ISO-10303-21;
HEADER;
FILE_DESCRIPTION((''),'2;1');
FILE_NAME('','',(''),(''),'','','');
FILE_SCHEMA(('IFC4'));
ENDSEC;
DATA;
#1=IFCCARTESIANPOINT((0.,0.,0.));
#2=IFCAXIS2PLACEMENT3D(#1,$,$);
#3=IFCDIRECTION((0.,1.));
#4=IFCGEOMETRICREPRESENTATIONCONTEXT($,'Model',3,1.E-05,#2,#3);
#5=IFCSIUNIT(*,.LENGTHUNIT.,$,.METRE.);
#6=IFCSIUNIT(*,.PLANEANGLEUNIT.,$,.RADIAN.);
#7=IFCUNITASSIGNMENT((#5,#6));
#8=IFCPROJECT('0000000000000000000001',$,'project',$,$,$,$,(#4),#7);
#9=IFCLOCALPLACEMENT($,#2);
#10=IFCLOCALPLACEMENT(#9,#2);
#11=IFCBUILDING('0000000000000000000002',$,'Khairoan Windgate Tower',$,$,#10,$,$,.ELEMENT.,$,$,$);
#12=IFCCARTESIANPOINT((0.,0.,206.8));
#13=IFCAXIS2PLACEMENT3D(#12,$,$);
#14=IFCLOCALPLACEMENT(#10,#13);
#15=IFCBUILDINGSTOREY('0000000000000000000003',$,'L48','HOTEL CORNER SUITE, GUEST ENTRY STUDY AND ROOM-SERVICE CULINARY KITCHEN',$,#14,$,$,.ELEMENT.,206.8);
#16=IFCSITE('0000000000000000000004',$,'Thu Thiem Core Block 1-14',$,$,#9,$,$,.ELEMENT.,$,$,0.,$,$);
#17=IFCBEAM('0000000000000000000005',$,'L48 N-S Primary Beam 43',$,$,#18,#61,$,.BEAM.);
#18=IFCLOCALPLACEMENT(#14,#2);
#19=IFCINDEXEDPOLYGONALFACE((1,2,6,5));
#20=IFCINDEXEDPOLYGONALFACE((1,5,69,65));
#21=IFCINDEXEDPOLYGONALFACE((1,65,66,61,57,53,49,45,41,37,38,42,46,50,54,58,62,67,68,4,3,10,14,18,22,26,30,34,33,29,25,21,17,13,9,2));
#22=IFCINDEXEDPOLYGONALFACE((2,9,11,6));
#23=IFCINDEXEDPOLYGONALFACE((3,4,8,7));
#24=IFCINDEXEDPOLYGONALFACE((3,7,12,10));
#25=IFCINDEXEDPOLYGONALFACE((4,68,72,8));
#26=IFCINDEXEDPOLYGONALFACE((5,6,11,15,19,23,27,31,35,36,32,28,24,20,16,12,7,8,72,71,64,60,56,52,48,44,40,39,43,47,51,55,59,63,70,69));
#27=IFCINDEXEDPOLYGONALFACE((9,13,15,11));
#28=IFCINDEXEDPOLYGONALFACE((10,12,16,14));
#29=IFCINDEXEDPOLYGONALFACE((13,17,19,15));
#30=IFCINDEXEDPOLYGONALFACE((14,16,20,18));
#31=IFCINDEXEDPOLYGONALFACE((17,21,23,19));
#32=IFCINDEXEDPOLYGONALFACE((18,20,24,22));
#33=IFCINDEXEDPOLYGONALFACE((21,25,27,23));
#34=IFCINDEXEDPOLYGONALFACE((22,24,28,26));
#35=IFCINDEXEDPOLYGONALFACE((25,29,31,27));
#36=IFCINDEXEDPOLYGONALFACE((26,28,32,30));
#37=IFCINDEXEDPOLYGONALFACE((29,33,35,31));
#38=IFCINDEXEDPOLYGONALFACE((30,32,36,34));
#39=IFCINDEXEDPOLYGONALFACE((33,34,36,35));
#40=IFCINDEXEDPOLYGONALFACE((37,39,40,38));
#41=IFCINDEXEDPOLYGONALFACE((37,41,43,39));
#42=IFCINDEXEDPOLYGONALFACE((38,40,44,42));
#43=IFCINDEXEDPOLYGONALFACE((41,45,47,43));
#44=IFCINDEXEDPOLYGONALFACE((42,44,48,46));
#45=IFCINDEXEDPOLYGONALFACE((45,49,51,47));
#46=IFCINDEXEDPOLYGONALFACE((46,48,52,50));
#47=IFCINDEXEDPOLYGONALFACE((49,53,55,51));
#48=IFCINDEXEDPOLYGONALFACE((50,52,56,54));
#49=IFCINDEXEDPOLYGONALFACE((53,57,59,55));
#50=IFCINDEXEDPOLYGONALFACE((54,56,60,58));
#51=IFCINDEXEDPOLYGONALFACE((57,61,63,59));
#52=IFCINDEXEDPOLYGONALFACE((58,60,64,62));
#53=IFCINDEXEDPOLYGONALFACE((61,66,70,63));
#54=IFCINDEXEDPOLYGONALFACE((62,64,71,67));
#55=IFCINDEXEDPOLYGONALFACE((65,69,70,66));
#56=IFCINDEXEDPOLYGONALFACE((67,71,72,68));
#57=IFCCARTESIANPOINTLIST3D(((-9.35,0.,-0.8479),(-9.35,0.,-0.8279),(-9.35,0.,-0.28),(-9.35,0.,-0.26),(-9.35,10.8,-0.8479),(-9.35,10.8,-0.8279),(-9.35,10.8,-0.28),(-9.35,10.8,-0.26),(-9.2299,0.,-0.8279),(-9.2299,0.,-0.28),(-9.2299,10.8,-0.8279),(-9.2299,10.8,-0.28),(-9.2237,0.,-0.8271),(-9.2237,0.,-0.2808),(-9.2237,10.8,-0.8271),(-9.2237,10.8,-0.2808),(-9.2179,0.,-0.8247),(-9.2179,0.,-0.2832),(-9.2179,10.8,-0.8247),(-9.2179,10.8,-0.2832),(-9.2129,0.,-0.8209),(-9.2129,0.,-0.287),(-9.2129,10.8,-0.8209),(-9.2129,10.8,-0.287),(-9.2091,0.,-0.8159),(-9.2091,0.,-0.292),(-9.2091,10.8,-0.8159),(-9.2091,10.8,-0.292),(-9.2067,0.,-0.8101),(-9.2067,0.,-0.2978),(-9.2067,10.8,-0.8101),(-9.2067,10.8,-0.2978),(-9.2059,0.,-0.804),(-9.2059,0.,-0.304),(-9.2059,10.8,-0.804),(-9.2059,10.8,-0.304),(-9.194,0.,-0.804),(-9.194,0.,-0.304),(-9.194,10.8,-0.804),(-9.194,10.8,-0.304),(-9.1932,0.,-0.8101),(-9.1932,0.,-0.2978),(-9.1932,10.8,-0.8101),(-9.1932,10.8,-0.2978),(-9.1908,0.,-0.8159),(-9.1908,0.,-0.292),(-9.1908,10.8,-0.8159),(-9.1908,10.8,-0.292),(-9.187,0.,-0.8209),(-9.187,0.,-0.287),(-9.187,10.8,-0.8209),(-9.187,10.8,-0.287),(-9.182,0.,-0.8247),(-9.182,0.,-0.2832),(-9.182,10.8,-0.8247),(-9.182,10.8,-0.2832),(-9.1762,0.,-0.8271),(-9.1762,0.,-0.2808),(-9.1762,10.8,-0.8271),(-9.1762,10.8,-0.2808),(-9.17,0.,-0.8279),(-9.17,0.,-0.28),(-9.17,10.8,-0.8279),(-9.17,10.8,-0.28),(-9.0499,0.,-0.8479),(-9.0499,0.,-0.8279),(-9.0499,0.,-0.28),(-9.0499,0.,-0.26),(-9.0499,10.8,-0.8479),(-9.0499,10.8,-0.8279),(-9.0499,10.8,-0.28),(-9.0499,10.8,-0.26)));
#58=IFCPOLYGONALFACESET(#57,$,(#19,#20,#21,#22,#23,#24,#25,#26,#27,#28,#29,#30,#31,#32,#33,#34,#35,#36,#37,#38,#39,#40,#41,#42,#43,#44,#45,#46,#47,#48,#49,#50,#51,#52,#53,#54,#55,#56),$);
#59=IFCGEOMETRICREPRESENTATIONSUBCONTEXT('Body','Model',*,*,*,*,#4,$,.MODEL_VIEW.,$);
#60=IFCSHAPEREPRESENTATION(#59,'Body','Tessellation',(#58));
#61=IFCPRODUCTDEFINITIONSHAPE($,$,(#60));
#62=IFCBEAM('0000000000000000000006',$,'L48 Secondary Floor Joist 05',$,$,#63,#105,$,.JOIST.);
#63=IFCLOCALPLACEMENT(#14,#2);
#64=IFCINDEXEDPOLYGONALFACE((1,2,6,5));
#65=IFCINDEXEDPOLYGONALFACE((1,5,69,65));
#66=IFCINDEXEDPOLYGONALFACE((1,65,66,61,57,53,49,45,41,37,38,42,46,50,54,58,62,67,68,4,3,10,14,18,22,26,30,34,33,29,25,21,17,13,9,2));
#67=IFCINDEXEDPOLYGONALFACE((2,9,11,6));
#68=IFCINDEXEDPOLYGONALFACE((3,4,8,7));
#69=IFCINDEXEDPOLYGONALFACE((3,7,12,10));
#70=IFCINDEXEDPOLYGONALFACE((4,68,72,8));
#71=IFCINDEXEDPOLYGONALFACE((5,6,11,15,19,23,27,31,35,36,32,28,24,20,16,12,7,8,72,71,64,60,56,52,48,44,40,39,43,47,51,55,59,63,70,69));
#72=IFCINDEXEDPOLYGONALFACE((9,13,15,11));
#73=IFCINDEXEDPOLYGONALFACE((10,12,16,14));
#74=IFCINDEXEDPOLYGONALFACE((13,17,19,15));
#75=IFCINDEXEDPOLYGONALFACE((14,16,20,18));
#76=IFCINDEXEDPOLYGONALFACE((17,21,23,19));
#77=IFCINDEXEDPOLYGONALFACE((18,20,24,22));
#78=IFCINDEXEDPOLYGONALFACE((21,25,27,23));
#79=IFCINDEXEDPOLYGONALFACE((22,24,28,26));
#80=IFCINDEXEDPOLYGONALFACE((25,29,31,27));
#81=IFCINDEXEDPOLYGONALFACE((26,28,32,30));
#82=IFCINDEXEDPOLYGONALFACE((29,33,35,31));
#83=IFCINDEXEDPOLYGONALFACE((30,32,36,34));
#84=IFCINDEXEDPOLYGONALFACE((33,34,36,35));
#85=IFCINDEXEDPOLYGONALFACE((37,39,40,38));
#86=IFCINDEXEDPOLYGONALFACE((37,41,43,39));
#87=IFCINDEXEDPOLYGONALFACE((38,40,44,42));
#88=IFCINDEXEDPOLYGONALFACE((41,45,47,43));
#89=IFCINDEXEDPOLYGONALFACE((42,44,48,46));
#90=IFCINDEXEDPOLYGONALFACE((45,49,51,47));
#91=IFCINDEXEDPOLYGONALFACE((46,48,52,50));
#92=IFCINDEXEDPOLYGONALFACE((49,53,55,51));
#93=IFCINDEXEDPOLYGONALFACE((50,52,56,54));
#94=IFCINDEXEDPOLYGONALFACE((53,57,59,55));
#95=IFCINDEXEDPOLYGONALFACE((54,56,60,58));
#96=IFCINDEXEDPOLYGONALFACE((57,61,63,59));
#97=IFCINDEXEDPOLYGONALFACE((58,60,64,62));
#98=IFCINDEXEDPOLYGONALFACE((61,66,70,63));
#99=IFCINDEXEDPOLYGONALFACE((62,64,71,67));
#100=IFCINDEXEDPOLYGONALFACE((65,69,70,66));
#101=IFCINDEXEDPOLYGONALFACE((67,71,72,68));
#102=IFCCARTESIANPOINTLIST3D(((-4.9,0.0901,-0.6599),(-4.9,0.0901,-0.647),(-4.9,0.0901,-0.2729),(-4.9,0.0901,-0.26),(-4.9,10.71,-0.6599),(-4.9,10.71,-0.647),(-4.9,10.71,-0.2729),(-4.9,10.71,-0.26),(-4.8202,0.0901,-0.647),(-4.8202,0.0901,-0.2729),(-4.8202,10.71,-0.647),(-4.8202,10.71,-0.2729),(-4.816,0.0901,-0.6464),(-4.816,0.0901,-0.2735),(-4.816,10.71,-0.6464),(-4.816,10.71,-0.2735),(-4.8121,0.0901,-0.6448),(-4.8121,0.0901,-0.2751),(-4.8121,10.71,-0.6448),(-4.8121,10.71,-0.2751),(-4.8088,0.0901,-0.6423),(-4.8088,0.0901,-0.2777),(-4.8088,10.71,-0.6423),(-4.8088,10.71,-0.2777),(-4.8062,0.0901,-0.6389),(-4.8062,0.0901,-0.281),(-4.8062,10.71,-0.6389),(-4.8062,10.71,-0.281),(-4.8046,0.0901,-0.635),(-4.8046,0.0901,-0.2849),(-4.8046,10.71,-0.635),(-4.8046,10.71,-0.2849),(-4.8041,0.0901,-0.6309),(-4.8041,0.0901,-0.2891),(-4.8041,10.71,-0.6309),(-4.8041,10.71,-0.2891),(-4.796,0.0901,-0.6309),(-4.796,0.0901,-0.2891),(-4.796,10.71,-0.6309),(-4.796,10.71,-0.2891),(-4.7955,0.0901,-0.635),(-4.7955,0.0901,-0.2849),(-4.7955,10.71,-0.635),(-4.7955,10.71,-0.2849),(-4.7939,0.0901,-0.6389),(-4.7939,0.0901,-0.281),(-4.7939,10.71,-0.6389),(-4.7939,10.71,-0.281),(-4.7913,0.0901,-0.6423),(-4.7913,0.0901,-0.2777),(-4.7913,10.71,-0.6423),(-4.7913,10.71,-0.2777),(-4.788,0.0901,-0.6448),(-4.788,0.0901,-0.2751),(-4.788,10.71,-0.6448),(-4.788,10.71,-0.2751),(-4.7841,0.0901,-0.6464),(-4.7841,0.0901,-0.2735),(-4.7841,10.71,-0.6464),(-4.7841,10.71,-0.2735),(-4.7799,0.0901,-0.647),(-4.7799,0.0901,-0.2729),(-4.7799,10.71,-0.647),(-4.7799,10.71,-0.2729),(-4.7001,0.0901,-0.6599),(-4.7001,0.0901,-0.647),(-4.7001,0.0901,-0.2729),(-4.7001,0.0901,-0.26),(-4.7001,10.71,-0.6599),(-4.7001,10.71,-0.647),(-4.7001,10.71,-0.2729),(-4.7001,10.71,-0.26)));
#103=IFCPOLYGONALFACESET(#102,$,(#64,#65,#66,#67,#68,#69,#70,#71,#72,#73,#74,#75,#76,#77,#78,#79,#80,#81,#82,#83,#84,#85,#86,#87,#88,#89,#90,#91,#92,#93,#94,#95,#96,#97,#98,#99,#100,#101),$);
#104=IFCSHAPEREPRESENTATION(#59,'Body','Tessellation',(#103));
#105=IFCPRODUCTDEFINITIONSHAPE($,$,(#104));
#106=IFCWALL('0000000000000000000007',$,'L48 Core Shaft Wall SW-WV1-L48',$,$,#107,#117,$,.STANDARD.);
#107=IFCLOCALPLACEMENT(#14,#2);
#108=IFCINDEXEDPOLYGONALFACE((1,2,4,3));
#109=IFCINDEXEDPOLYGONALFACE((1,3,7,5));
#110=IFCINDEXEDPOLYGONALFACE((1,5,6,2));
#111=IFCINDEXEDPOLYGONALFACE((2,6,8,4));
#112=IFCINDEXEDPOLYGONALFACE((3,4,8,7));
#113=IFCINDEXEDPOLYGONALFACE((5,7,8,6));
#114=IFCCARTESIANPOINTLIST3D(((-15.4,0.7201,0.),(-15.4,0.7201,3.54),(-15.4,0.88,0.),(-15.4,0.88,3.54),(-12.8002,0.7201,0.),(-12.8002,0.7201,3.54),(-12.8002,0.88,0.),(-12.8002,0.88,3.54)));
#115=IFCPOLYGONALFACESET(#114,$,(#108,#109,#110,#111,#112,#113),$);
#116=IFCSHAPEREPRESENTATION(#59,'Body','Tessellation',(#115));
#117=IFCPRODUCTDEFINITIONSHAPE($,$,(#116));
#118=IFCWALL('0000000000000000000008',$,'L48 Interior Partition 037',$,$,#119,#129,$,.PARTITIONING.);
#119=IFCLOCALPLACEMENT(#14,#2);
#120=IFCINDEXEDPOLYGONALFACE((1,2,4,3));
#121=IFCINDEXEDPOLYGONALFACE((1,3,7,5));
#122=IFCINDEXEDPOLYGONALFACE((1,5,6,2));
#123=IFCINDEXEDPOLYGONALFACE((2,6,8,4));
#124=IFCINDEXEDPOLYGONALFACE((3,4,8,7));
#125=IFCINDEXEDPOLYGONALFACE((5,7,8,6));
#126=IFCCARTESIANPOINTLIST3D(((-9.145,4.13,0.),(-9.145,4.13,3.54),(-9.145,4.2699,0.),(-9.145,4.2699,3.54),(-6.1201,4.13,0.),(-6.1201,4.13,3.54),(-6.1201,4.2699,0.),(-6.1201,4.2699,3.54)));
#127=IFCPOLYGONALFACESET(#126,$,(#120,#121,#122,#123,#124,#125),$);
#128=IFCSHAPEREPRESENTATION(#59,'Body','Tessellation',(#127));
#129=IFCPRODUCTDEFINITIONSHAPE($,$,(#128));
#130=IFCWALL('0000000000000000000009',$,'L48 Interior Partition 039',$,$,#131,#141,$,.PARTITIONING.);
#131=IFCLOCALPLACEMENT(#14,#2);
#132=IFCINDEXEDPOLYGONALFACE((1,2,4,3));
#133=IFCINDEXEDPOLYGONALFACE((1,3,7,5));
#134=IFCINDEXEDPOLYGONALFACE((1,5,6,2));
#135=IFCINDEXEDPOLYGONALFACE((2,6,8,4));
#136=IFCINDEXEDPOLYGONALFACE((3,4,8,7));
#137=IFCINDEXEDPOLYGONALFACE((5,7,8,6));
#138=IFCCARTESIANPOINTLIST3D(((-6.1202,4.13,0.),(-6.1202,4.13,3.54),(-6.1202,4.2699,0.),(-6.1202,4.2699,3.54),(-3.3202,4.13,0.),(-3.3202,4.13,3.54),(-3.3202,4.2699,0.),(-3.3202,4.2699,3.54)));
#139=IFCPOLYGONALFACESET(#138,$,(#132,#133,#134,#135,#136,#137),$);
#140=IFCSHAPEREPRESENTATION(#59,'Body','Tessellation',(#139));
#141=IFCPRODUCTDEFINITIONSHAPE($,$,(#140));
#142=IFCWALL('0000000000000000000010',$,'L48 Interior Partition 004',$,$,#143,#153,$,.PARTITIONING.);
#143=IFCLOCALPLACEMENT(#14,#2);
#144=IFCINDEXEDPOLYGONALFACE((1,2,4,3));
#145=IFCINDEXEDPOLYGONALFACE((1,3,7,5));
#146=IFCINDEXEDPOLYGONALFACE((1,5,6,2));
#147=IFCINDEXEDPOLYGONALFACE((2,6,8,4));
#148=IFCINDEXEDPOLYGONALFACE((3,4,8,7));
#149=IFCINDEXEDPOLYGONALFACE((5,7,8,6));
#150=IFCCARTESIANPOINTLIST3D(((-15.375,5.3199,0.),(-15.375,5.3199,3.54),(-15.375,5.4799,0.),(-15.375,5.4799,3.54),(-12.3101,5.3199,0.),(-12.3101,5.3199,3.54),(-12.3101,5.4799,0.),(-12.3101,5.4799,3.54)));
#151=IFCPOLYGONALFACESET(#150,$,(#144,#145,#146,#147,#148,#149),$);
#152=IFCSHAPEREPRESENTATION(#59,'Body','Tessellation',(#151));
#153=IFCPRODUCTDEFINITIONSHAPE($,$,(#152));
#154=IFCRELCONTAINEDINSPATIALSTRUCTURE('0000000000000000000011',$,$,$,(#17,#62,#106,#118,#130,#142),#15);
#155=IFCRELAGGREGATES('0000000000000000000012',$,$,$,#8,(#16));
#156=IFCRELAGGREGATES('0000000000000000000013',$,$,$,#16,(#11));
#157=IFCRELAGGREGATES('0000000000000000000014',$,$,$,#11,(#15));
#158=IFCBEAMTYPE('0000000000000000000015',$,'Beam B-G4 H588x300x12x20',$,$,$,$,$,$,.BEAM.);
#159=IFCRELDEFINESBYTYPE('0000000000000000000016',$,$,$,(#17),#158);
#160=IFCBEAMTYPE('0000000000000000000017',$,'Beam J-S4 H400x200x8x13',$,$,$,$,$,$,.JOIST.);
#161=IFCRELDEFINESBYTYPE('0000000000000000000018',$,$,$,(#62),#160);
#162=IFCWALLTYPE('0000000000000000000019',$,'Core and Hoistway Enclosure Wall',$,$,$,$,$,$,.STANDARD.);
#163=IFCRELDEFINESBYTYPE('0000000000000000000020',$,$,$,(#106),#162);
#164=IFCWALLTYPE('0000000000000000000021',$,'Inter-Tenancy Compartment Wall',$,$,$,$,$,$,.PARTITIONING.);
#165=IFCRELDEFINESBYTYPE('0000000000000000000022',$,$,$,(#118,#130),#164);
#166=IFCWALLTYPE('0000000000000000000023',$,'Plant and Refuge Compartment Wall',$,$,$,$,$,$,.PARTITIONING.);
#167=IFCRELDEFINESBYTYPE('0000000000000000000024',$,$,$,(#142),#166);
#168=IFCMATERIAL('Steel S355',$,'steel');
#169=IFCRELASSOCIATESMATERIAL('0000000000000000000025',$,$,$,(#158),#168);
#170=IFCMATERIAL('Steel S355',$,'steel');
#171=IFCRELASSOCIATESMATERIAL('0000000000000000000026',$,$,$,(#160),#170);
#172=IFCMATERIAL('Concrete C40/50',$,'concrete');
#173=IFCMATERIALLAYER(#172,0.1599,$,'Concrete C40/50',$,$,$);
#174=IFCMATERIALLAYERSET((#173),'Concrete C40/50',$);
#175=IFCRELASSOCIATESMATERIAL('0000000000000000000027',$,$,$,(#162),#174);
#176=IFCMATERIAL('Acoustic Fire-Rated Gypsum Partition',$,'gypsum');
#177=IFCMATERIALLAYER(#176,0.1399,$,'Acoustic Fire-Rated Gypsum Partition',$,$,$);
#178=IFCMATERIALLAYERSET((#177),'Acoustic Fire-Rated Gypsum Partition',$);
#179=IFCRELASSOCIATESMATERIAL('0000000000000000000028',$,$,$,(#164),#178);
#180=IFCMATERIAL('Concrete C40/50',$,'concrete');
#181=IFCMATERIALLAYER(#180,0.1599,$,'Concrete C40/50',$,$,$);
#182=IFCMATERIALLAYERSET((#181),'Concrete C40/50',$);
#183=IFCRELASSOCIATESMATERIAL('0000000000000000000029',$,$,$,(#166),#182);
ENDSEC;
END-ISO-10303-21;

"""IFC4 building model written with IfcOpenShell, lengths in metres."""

from ifc_helpers import new_model, si_unit, direction, frame, frame_2d, origin, origin_2d, place, context, subcontext, project, spatial, rectangle, i_section, extrude, material, layer, layer_set, material_profile, profile_set, type_object, element, save


model = new_model("IFC4")

# Units and contexts
model_context = context("Model", 3, precision=1e-05, world=origin(), true_north=direction((0.0, 1.0)))
body_context = subcontext(model_context, "Body", "Model", "MODEL_VIEW")
ifc_project = project(units=[si_unit("LENGTHUNIT", "METRE"), si_unit("PLANEANGLEUNIT", "RADIAN")], contexts=[model_context])

# Site, building, storey
site_placement = place(None, origin())
site = spatial("IfcSite", under=ifc_project, at=site_placement, Name="Thu Thiem Core Block 1-14", CompositionType="ELEMENT", RefElevation=0.0)
building_placement = place(site_placement, origin())
building = spatial("IfcBuilding", under=site, at=building_placement, Name="Khairoan Windgate Tower", CompositionType="ELEMENT")
storey_placement = place(building_placement, frame((0.0, 0.0, 206.8)))
storey = spatial("IfcBuildingStorey", under=building, at=storey_placement, Name="L48", Description="HOTEL CORNER SUITE, GUEST ENTRY STUDY AND ROOM-SERVICE CULINARY KITCHEN", CompositionType="ELEMENT", Elevation=206.8)

# Beams
ifc_material_1 = material(Name="Steel S355", Category="steel")
ifc_material_profile_1 = material_profile(ifc_material_1, i_section(OverallWidth=0.3, OverallDepth=0.5879, WebThickness=0.012, FlangeThickness=0.02, FilletRadius=0.0239, at=origin_2d()))
ifc_profile_set_1 = profile_set([ifc_material_profile_1], Name="Steel S355")
beam_type_1 = type_object("IfcBeamType", Name="Beam B-G4 H588x300x12x20", PredefinedType="BEAM", material=ifc_profile_set_1)
for number, where, z_axis, x_axis, name in (
    (1, (-9.2, 0.0, -0.554), (0.0, 1.0, 0.0), (-1.0, 0.0, 0.0), "L48 N-S Primary Beam 43"),
):
    element("IfcBeam", number, at=place(storey_placement, frame(where, z_axis=z_axis, x_axis=x_axis)), inside=storey, type_object=beam_type_1, Name=name, PredefinedType="BEAM", context=body_context, shape_type="SweptSolid", body=[
        extrude(i_section(OverallWidth=0.3, OverallDepth=0.5879, WebThickness=0.012, FlangeThickness=0.02, FilletRadius=0.0239, at=origin_2d()), origin(), (0.0, 0.0, 1.0), 10.8),
    ])
ifc_material_2 = material(Name="Steel S355", Category="steel")
ifc_material_profile_2 = material_profile(ifc_material_2, i_section(OverallWidth=0.2, OverallDepth=0.3999, WebThickness=0.0081, FlangeThickness=0.0129, FilletRadius=0.0161, at=origin_2d()))
ifc_profile_set_2 = profile_set([ifc_material_profile_2], Name="Steel S355")
beam_type_2 = type_object("IfcBeamType", Name="Beam J-S4 H400x200x8x13", PredefinedType="JOIST", material=ifc_profile_set_2)
beam_1_placement = place(storey_placement, frame((-4.8, 0.0901, -0.46), z_axis=(0.0, 1.0, 0.0), x_axis=(-1.0, 0.0, 0.0)))
element("IfcBeam", 2, at=beam_1_placement, inside=storey, type_object=beam_type_2, Name="L48 Secondary Floor Joist 05", PredefinedType="JOIST", context=body_context, shape_type="SweptSolid", body=[
    extrude(i_section(OverallWidth=0.2, OverallDepth=0.3999, WebThickness=0.0081, FlangeThickness=0.0129, FilletRadius=0.0161, at=origin_2d()), origin(), (0.0, 0.0, 1.0), 10.6199),
])

# Walls
ifc_material_3 = material(Name="Concrete C40/50", Category="concrete")
ifc_layer_1 = layer(ifc_material_3, 0.1599, Name="Concrete C40/50")
ifc_layer_set_1 = layer_set([ifc_layer_1], Name="Concrete C40/50")
wall_type_1 = type_object("IfcWallType", Name="Core and Hoistway Enclosure Wall", PredefinedType="STANDARD", material=ifc_layer_set_1)
wall_1_placement = place(storey_placement, frame((-15.3999, 0.8, 0.0), z_axis=(0.0, 0.0, 1.0), x_axis=(1.0, 0.0, 0.0)))
element("IfcWall", 3, at=wall_1_placement, inside=storey, type_object=wall_type_1, Name="L48 Core Shaft Wall SW-WV1-L48", PredefinedType="STANDARD", context=body_context, shape_type="SweptSolid", body=[
    extrude(rectangle(XDim=2.5999, YDim=0.1599, at=frame_2d((1.2998, 0.0))), origin(), (0.0, 0.0, 1.0), 3.54),
])
ifc_material_4 = material(Name="Acoustic Fire-Rated Gypsum Partition", Category="gypsum")
ifc_layer_2 = layer(ifc_material_4, 0.1399, Name="Acoustic Fire-Rated Gypsum Partition")
ifc_layer_set_2 = layer_set([ifc_layer_2], Name="Acoustic Fire-Rated Gypsum Partition")
wall_type_2 = type_object("IfcWallType", Name="Inter-Tenancy Compartment Wall", PredefinedType="PARTITIONING", material=ifc_layer_set_2)
wall_2_placement = place(storey_placement, frame((-9.145, 4.2, 0.0), z_axis=(0.0, 0.0, 1.0), x_axis=(1.0, 0.0, 0.0)))
element("IfcWall", 4, at=wall_2_placement, inside=storey, type_object=wall_type_2, Name="L48 Interior Partition 037", PredefinedType="PARTITIONING", context=body_context, shape_type="SweptSolid", body=[
    extrude(rectangle(XDim=3.0249, YDim=0.1399, at=frame_2d((1.5125, 0.0))), origin(), (0.0, 0.0, 1.0), 3.54),
])
wall_3_placement = place(storey_placement, frame((-6.1201, 4.2, 0.0), z_axis=(0.0, 0.0, 1.0), x_axis=(1.0, 0.0, 0.0)))
element("IfcWall", 5, at=wall_3_placement, inside=storey, type_object=wall_type_2, Name="L48 Interior Partition 039", PredefinedType="PARTITIONING", context=body_context, shape_type="SweptSolid", body=[
    extrude(rectangle(XDim=2.8, YDim=0.1399, at=frame_2d((1.3999, 0.0))), origin(), (0.0, 0.0, 1.0), 3.54),
])
ifc_material_5 = material(Name="Concrete C40/50", Category="concrete")
ifc_layer_3 = layer(ifc_material_5, 0.1599, Name="Concrete C40/50")
ifc_layer_set_3 = layer_set([ifc_layer_3], Name="Concrete C40/50")
wall_type_3 = type_object("IfcWallType", Name="Plant and Refuge Compartment Wall", PredefinedType="PARTITIONING", material=ifc_layer_set_3)
wall_4_placement = place(storey_placement, frame((-15.375, 5.3999, 0.0), z_axis=(0.0, 0.0, 1.0), x_axis=(1.0, 0.0, 0.0)))
element("IfcWall", 6, at=wall_4_placement, inside=storey, type_object=wall_type_3, Name="L48 Interior Partition 004", PredefinedType="PARTITIONING", context=body_context, shape_type="SweptSolid", body=[
    extrude(rectangle(XDim=3.0649, YDim=0.1599, at=frame_2d((1.5325, 0.0))), origin(), (0.0, 0.0, 1.0), 3.54),
])

save(model, "model.ifc")
